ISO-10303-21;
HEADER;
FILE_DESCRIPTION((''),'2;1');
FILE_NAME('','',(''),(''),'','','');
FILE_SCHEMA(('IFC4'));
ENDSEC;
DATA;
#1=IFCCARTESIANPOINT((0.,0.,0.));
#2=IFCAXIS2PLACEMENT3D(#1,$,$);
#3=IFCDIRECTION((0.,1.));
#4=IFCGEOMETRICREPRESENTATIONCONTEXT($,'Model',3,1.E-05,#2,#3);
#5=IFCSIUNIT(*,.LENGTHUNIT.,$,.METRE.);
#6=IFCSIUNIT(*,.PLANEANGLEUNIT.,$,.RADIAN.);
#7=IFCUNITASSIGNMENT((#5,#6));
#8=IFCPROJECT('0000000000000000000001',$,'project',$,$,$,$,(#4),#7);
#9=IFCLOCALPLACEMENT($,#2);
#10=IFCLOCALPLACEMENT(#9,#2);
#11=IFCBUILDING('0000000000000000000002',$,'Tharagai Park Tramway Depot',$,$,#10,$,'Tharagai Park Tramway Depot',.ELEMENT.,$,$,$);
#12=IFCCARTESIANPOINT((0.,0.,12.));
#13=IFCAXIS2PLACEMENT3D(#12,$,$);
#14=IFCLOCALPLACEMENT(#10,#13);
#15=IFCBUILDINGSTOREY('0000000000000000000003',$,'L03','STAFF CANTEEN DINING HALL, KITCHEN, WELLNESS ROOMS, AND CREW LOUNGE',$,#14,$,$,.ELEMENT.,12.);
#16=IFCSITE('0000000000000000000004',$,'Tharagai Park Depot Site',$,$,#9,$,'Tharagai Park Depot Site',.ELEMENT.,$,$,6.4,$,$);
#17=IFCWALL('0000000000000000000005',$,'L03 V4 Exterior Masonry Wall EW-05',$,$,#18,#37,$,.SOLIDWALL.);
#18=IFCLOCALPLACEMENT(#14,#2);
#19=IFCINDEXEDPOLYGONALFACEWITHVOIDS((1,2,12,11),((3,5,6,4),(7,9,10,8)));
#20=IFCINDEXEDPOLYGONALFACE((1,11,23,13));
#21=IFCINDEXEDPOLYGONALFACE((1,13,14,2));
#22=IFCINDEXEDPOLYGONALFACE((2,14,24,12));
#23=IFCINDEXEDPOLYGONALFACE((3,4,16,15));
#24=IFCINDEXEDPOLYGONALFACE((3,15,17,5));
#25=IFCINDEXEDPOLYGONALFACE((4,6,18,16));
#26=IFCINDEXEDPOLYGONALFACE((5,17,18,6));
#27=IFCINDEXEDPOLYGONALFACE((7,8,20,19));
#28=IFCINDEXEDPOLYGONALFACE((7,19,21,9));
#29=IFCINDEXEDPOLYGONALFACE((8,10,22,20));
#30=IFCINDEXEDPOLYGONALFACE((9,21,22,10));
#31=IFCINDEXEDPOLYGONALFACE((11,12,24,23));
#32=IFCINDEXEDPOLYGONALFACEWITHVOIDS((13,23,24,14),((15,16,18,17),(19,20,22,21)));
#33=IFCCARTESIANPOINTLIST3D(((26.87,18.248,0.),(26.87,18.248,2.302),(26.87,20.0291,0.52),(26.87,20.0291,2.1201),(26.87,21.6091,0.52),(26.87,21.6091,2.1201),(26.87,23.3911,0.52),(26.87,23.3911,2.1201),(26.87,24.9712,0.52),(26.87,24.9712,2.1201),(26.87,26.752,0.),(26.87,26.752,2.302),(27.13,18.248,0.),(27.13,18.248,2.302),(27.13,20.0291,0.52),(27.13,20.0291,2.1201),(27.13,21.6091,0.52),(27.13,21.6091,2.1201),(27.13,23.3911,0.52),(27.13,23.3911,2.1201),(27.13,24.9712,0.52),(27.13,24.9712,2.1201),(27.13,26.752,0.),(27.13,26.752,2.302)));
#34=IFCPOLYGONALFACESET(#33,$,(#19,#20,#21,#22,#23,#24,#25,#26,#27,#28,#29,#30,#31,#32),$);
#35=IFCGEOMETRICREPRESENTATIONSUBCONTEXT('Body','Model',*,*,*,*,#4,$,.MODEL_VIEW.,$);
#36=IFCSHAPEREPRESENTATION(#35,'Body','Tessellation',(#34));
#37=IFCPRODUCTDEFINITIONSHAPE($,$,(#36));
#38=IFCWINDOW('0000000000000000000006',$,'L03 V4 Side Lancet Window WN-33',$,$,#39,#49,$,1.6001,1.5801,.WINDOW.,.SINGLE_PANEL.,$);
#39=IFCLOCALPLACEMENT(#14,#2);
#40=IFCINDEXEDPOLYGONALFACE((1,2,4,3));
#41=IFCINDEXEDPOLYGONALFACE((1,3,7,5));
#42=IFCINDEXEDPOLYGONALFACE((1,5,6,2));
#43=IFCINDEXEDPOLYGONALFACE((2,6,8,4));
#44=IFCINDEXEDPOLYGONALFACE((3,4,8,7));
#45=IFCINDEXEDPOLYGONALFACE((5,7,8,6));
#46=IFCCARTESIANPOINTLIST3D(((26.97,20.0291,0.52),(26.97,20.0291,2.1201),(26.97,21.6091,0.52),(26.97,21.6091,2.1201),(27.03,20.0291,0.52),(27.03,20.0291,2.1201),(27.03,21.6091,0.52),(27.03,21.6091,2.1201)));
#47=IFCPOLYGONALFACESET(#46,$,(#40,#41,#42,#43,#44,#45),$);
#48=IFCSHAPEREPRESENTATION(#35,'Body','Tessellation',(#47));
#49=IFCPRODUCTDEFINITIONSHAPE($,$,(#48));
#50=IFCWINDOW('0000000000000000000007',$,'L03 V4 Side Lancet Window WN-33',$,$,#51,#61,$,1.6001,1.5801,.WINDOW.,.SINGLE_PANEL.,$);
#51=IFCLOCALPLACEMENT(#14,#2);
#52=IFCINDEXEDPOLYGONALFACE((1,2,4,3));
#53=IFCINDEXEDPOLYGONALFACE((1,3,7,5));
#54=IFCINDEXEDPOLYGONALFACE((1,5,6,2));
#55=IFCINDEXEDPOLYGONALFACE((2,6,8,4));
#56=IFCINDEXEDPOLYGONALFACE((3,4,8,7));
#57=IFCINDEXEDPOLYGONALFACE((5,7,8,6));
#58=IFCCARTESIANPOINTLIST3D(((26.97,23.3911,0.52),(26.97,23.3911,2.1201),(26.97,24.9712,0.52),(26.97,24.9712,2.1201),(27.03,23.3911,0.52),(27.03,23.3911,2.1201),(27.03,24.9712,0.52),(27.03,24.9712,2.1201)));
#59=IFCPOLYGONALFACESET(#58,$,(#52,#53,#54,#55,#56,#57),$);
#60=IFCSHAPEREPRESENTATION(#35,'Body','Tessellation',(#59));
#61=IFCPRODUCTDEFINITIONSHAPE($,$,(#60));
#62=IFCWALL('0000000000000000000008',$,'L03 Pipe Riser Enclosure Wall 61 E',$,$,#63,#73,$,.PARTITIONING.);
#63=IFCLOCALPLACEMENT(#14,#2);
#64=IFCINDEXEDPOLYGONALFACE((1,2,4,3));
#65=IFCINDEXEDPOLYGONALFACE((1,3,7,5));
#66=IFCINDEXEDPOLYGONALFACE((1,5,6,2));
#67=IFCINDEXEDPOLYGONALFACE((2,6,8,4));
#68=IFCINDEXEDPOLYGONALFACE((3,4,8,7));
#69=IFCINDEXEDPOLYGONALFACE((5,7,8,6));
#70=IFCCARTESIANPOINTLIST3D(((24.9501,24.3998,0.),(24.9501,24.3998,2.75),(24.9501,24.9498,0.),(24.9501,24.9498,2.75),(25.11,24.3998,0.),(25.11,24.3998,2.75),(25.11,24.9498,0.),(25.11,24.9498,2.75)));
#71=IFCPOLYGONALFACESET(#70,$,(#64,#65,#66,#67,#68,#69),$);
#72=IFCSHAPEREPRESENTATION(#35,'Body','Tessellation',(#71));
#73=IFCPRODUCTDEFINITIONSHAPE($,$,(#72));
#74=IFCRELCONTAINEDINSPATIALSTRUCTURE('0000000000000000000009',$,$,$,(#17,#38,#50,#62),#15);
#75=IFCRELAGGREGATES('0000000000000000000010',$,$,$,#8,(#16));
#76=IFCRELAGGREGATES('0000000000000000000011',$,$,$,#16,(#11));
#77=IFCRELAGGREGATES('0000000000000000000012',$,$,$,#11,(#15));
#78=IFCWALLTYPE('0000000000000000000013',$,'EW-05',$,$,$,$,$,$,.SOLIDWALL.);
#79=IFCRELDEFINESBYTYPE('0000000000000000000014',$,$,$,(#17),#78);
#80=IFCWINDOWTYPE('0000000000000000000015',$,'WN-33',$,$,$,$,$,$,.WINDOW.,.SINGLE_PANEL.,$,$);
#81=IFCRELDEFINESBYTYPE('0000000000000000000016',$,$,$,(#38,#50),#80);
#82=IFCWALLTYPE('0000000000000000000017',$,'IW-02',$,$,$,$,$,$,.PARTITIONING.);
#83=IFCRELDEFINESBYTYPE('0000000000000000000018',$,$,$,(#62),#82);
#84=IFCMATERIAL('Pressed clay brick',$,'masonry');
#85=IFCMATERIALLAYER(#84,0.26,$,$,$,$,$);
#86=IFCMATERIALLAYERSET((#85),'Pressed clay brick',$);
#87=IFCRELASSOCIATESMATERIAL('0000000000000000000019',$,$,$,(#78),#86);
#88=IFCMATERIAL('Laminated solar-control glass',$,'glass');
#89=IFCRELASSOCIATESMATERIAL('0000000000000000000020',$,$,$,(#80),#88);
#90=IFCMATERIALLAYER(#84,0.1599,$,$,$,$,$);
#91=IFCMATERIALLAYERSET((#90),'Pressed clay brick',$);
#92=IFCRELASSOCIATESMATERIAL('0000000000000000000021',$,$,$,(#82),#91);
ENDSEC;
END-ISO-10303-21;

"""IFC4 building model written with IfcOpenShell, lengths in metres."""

from ifc_helpers import new_model, si_unit, direction, frame, frame_2d, origin, place, context, subcontext, project, spatial, rectangle, extrude, material, layer, layer_set, type_object, element, fill, save


model = new_model("IFC4")

# Units and contexts
model_context = context("Model", 3, precision=1e-05, world=origin(), true_north=direction((0.0, 1.0)))
body_context = subcontext(model_context, "Body", "Model", "MODEL_VIEW")
ifc_project = project(units=[si_unit("LENGTHUNIT", "METRE"), si_unit("PLANEANGLEUNIT", "RADIAN")], contexts=[model_context])

# Site, building, storey
site_placement = place(None, origin())
site = spatial("IfcSite", under=ifc_project, at=site_placement, Name="Tharagai Park Depot Site", LongName="Tharagai Park Depot Site", CompositionType="ELEMENT", RefElevation=6.4)
building_placement = place(site_placement, origin())
building = spatial("IfcBuilding", under=site, at=building_placement, Name="Tharagai Park Tramway Depot", LongName="Tharagai Park Tramway Depot", CompositionType="ELEMENT")
storey_placement = place(building_placement, frame((0.0, 0.0, 12.0)))
storey = spatial("IfcBuildingStorey", under=building, at=storey_placement, Name="L03", Description="STAFF CANTEEN DINING HALL, KITCHEN, WELLNESS ROOMS, AND CREW LOUNGE", CompositionType="ELEMENT", Elevation=12.0)

# Shared definitions
ifc_material_1 = material(Name="Pressed clay brick", Category="masonry")
ifc_layer_1 = layer(ifc_material_1, 0.26)
ifc_layer_set_1 = layer_set([ifc_layer_1], Name="Pressed clay brick")
wall_type_1 = type_object("IfcWallType", Name="EW-05", PredefinedType="SOLIDWALL", material=ifc_layer_set_1)

# Wall, openings, windows
ifc_material_2 = material(Name="Laminated solar-control glass", Category="glass")
wall_1_placement = place(storey_placement, frame((27.0, 18.248, 0.0), z_axis=(0.0, 0.0, 1.0), x_axis=(0.0, 1.0, 0.0)))
wall_1 = element("IfcWall", 1, at=wall_1_placement, inside=storey, type_object=wall_type_1, Name="L03 V4 Exterior Masonry Wall EW-05", PredefinedType="SOLIDWALL", context=body_context, shape_type="SweptSolid", body=[
    extrude(rectangle(XDim=8.5039, YDim=0.26, at=frame_2d((4.252, 0.0))), origin(), (0.0, 0.0, 1.0), 2.302),
])
opening_1_placement = place(wall_1_placement, frame((1.781, 0.0, 0.52)))
opening_1 = element("IfcOpeningElement", 2, at=opening_1_placement, cuts=wall_1, PredefinedType="OPENING", context=body_context, shape_type="SweptSolid", body=[
    extrude(rectangle(XDim=1.5801, YDim=1.6001, at=frame_2d((0.79, 0.8))), frame((0.0, 0.1399, 0.0), z_axis=(0.0, -1.0, 0.0), x_axis=(1.0, 0.0, 0.0)), (0.0, 0.0, 1.0), 0.28),
])
opening_2_placement = place(wall_1_placement, frame((5.1431, 0.0, 0.52)))
opening_2 = element("IfcOpeningElement", 3, at=opening_2_placement, cuts=wall_1, PredefinedType="OPENING", context=body_context, shape_type="SweptSolid", body=[
    extrude(rectangle(XDim=1.5801, YDim=1.6001, at=frame_2d((0.79, 0.8))), frame((0.0, 0.1399, 0.0), z_axis=(0.0, -1.0, 0.0), x_axis=(1.0, 0.0, 0.0)), (0.0, 0.0, 1.0), 0.28),
])
window_type_1 = type_object("IfcWindowType", Name="WN-33", PartitioningType="SINGLE_PANEL", PredefinedType="WINDOW", material=ifc_material_2)
window_1_placement = place(opening_1_placement, origin())
window_1 = element("IfcWindow", 4, at=window_1_placement, inside=storey, type_object=window_type_1, Name="L03 V4 Side Lancet Window WN-33", OverallHeight=1.6001, OverallWidth=1.5801, PartitioningType="SINGLE_PANEL", PredefinedType="WINDOW", context=body_context, shape_type="SweptSolid", body=[
    extrude(rectangle(XDim=1.5801, YDim=1.6001, at=frame_2d((0.79, 0.8))), frame((0.0, 0.03, 0.0), z_axis=(0.0, -1.0, 0.0), x_axis=(1.0, 0.0, 0.0)), (0.0, 0.0, 1.0), 0.0601),
])
fill(opening_1, window_1)
window_2_placement = place(opening_2_placement, origin())
window_2 = element("IfcWindow", 5, at=window_2_placement, inside=storey, type_object=window_type_1, Name="L03 V4 Side Lancet Window WN-33", OverallHeight=1.6001, OverallWidth=1.5801, PartitioningType="SINGLE_PANEL", PredefinedType="WINDOW", context=body_context, shape_type="SweptSolid", body=[
    extrude(rectangle(XDim=1.5801, YDim=1.6001, at=frame_2d((0.79, 0.8))), frame((0.0, 0.03, 0.0), z_axis=(0.0, -1.0, 0.0), x_axis=(1.0, 0.0, 0.0)), (0.0, 0.0, 1.0), 0.0601),
])
fill(opening_2, window_2)

# Wall
ifc_layer_2 = layer(ifc_material_1, 0.1599)
ifc_layer_set_2 = layer_set([ifc_layer_2], Name="Pressed clay brick")
wall_type_2 = type_object("IfcWallType", Name="IW-02", PredefinedType="PARTITIONING", material=ifc_layer_set_2)
wall_2_placement = place(storey_placement, frame((25.03, 24.3999, 0.0), z_axis=(0.0, 0.0, 1.0), x_axis=(0.0, 1.0, 0.0)))
element("IfcWall", 6, at=wall_2_placement, inside=storey, type_object=wall_type_2, Name="L03 Pipe Riser Enclosure Wall 61 E", PredefinedType="PARTITIONING", context=body_context, shape_type="SweptSolid", body=[
    extrude(rectangle(XDim=0.55, YDim=0.1599, at=frame_2d((0.2749, 0.0))), origin(), (0.0, 0.0, 1.0), 2.75),
])

save(model, "model.ifc")
